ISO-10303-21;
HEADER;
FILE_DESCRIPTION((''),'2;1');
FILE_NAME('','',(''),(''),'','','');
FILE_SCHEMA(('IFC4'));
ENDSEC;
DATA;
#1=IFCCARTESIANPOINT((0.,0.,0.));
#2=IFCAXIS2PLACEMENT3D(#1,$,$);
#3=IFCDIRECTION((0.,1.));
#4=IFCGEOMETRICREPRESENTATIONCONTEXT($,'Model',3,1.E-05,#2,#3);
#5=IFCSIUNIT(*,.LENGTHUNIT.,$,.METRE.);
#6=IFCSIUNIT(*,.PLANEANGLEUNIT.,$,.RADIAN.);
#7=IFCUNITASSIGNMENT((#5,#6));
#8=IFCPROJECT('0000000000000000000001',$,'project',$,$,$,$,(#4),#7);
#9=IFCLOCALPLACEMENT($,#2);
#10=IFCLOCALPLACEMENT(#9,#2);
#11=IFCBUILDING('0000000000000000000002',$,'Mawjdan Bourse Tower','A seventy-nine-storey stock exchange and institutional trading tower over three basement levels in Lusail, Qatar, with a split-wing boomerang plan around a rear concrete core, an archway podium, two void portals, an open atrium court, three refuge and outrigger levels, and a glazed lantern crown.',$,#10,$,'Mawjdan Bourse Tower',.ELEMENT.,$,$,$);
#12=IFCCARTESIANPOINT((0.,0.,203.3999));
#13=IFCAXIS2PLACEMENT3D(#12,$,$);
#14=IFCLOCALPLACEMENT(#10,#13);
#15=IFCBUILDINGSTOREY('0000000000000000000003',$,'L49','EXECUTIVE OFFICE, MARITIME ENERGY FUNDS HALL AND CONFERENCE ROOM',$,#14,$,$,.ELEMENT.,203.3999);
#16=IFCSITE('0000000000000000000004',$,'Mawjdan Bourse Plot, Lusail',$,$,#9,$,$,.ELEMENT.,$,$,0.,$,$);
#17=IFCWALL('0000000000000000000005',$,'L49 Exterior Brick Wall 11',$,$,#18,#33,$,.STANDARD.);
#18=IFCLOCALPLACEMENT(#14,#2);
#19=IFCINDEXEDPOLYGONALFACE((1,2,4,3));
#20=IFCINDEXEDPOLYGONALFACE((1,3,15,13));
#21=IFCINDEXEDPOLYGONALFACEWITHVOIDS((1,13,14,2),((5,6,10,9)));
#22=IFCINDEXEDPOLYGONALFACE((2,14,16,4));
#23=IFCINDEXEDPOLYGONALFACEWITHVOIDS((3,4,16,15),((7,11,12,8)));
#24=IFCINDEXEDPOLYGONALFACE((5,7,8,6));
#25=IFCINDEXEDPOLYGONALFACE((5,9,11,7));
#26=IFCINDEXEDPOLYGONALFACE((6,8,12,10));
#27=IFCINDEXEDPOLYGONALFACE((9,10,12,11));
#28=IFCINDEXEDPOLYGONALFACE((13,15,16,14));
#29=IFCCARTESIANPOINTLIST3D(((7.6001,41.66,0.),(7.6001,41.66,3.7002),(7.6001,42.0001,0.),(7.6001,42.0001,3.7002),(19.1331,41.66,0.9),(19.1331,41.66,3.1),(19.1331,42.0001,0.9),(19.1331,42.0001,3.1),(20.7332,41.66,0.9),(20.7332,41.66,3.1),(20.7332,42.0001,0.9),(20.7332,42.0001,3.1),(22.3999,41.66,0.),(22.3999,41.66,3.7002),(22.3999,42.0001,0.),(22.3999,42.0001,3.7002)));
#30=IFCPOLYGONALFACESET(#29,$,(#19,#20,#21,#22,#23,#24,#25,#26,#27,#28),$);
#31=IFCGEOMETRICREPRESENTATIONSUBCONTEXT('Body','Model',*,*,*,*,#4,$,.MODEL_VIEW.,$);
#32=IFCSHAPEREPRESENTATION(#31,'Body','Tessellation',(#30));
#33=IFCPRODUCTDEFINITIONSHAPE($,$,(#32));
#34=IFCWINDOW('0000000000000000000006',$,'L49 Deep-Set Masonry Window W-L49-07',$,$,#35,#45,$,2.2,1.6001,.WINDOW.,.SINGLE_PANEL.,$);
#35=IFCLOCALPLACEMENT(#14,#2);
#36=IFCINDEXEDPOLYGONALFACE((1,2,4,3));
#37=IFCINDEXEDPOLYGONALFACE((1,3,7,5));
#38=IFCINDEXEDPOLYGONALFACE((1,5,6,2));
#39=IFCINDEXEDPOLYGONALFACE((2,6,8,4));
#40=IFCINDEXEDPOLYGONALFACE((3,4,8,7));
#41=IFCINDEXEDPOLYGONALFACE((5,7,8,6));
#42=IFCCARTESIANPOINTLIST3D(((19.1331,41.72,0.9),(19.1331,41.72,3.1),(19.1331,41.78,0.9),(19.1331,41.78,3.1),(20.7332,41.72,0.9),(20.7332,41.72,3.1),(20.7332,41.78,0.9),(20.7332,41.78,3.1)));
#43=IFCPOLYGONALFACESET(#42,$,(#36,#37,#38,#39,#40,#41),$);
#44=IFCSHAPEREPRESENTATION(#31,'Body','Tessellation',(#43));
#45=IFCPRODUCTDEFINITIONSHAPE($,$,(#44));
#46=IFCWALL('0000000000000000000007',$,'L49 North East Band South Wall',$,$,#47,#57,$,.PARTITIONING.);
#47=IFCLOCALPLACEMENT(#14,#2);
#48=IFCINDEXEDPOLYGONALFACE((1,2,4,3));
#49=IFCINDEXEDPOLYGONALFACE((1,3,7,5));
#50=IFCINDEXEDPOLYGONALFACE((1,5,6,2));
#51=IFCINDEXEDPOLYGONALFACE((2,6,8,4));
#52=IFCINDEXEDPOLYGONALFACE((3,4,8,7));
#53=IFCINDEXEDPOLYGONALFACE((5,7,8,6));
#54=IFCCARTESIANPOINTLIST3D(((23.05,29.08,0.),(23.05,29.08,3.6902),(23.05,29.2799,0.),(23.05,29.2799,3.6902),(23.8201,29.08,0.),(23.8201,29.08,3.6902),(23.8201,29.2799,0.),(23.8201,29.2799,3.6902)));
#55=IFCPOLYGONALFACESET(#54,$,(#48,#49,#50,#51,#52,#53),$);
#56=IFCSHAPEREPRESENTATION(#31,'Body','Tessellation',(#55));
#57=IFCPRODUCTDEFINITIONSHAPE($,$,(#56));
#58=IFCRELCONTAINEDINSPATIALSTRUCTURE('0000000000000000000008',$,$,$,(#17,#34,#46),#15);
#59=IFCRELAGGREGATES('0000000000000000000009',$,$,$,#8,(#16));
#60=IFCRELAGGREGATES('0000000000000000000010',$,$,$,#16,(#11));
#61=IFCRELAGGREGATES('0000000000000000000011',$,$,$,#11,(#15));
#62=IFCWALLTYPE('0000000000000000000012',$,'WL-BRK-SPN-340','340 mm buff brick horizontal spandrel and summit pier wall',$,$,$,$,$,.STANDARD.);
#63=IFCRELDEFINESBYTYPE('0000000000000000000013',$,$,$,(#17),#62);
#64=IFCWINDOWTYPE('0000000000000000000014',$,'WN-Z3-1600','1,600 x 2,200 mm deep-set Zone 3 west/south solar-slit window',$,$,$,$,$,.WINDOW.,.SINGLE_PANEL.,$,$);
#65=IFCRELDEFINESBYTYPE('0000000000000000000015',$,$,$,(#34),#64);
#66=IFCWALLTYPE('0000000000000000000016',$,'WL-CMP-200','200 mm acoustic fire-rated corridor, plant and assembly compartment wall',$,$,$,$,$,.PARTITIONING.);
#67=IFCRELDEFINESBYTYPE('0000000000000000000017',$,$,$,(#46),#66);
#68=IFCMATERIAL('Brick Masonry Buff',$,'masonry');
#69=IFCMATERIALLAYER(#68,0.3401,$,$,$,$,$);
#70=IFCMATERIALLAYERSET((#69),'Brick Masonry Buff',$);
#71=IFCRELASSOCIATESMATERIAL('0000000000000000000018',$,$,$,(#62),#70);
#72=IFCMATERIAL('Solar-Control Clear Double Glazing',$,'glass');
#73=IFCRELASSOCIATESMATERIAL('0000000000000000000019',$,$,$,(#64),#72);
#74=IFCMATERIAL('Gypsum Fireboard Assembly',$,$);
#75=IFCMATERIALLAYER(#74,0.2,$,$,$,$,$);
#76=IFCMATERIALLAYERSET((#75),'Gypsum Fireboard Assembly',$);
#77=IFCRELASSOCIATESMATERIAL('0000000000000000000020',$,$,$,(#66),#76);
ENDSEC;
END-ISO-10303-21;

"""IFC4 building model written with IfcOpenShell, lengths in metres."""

from ifc_helpers import new_model, si_unit, direction, frame, frame_2d, origin, place, context, subcontext, project, spatial, rectangle, extrude, material, layer, layer_set, type_object, element, fill, save


model = new_model("IFC4")

# Units and contexts
model_context = context("Model", 3, precision=1e-05, world=origin(), true_north=direction((0.0, 1.0)))
body_context = subcontext(model_context, "Body", "Model", "MODEL_VIEW")
ifc_project = project(units=[si_unit("LENGTHUNIT", "METRE"), si_unit("PLANEANGLEUNIT", "RADIAN")], contexts=[model_context])

# Site, building, storey
site_placement = place(None, origin())
site = spatial("IfcSite", under=ifc_project, at=site_placement, Name="Mawjdan Bourse Plot, Lusail", CompositionType="ELEMENT", RefElevation=0.0)
building_placement = place(site_placement, origin())
building = spatial("IfcBuilding", under=site, at=building_placement, Name="Mawjdan Bourse Tower", Description="A seventy-nine-storey stock exchange and institutional trading tower over three basement levels in Lusail, Qatar, with a split-wing boomerang plan around a rear concrete core, an archway podium, two void portals, an open atrium court, three refuge and outrigger levels, and a glazed lantern crown.", LongName="Mawjdan Bourse Tower", CompositionType="ELEMENT")
storey_placement = place(building_placement, frame((0.0, 0.0, 203.3999)))
storey = spatial("IfcBuildingStorey", under=building, at=storey_placement, Name="L49", Description="EXECUTIVE OFFICE, MARITIME ENERGY FUNDS HALL AND CONFERENCE ROOM", CompositionType="ELEMENT", Elevation=203.3999)

# Shared definitions
ifc_material_1 = material(Name="Brick Masonry Buff", Category="masonry")
ifc_layer_1 = layer(ifc_material_1, 0.3401)
ifc_layer_set_1 = layer_set([ifc_layer_1], Name="Brick Masonry Buff")
wall_type_1 = type_object("IfcWallType", Name="WL-BRK-SPN-340", Description="340 mm buff brick horizontal spandrel and summit pier wall", PredefinedType="STANDARD", material=ifc_layer_set_1)

# Wall, opening, window
wall_1_placement = place(storey_placement, frame((22.3999, 41.8301, 0.0), z_axis=(0.0, 0.0, 1.0), x_axis=(-1.0, 0.0, 0.0)))
wall_1 = element("IfcWall", 1, at=wall_1_placement, inside=storey, type_object=wall_type_1, Name="L49 Exterior Brick Wall 11", PredefinedType="STANDARD", context=body_context, shape_type="SweptSolid", body=[
    extrude(rectangle(XDim=14.7998, YDim=0.3401, at=frame_2d((7.3999, 0.0))), origin(), (0.0, 0.0, 1.0), 3.7002),
])
opening_1_placement = place(wall_1_placement, frame((1.6667, 0.0, 0.8999)))
opening_1 = element("IfcOpeningElement", 2, at=opening_1_placement, cuts=wall_1, PredefinedType="OPENING", context=body_context, shape_type="SweptSolid", body=[
    extrude(rectangle(XDim=1.6001, YDim=2.2, at=frame_2d((0.8, 1.1001))), frame((0.0, 0.1802, 0.0), z_axis=(0.0, -1.0, 0.0), x_axis=(1.0, 0.0, 0.0)), (0.0, 0.0, 1.0), 0.3601),
])
ifc_material_2 = material(Name="Solar-Control Clear Double Glazing", Category="glass")
window_type = type_object("IfcWindowType", Name="WN-Z3-1600", Description="1,600 x 2,200 mm deep-set Zone 3 west/south solar-slit window", PartitioningType="SINGLE_PANEL", PredefinedType="WINDOW", material=ifc_material_2)
window_placement = place(opening_1_placement, origin())
window = element("IfcWindow", 3, at=window_placement, inside=storey, type_object=window_type, Name="L49 Deep-Set Masonry Window W-L49-07", OverallHeight=2.2, OverallWidth=1.6001, PartitioningType="SINGLE_PANEL", PredefinedType="WINDOW", context=body_context, shape_type="SweptSolid", body=[
    extrude(rectangle(XDim=1.6001, YDim=2.2, at=frame_2d((0.8, 1.1001))), frame((0.0, 0.1101, 0.0), z_axis=(0.0, -1.0, 0.0), x_axis=(1.0, 0.0, 0.0)), (0.0, 0.0, 1.0), 0.0601),
])
fill(opening_1, window)

# Shared definitions
ifc_material_3 = material(Name="Gypsum Fireboard Assembly")
ifc_layer_2 = layer(ifc_material_3, 0.2)
ifc_layer_set_2 = layer_set([ifc_layer_2], Name="Gypsum Fireboard Assembly")
wall_type_2 = type_object("IfcWallType", Name="WL-CMP-200", Description="200 mm acoustic fire-rated corridor, plant and assembly compartment wall", PredefinedType="PARTITIONING", material=ifc_layer_set_2)

# Wall
wall_2_placement = place(storey_placement, frame((23.05, 29.1799, 0.0), z_axis=(0.0, 0.0, 1.0), x_axis=(1.0, 0.0, 0.0)))
element("IfcWall", 4, at=wall_2_placement, inside=storey, type_object=wall_type_2, Name="L49 North East Band South Wall", PredefinedType="PARTITIONING", context=body_context, shape_type="SweptSolid", body=[
    extrude(rectangle(XDim=0.77, YDim=0.2, at=frame_2d((0.385, 0.0))), origin(), (0.0, 0.0, 1.0), 3.6902),
])

save(model, "model.ifc")
